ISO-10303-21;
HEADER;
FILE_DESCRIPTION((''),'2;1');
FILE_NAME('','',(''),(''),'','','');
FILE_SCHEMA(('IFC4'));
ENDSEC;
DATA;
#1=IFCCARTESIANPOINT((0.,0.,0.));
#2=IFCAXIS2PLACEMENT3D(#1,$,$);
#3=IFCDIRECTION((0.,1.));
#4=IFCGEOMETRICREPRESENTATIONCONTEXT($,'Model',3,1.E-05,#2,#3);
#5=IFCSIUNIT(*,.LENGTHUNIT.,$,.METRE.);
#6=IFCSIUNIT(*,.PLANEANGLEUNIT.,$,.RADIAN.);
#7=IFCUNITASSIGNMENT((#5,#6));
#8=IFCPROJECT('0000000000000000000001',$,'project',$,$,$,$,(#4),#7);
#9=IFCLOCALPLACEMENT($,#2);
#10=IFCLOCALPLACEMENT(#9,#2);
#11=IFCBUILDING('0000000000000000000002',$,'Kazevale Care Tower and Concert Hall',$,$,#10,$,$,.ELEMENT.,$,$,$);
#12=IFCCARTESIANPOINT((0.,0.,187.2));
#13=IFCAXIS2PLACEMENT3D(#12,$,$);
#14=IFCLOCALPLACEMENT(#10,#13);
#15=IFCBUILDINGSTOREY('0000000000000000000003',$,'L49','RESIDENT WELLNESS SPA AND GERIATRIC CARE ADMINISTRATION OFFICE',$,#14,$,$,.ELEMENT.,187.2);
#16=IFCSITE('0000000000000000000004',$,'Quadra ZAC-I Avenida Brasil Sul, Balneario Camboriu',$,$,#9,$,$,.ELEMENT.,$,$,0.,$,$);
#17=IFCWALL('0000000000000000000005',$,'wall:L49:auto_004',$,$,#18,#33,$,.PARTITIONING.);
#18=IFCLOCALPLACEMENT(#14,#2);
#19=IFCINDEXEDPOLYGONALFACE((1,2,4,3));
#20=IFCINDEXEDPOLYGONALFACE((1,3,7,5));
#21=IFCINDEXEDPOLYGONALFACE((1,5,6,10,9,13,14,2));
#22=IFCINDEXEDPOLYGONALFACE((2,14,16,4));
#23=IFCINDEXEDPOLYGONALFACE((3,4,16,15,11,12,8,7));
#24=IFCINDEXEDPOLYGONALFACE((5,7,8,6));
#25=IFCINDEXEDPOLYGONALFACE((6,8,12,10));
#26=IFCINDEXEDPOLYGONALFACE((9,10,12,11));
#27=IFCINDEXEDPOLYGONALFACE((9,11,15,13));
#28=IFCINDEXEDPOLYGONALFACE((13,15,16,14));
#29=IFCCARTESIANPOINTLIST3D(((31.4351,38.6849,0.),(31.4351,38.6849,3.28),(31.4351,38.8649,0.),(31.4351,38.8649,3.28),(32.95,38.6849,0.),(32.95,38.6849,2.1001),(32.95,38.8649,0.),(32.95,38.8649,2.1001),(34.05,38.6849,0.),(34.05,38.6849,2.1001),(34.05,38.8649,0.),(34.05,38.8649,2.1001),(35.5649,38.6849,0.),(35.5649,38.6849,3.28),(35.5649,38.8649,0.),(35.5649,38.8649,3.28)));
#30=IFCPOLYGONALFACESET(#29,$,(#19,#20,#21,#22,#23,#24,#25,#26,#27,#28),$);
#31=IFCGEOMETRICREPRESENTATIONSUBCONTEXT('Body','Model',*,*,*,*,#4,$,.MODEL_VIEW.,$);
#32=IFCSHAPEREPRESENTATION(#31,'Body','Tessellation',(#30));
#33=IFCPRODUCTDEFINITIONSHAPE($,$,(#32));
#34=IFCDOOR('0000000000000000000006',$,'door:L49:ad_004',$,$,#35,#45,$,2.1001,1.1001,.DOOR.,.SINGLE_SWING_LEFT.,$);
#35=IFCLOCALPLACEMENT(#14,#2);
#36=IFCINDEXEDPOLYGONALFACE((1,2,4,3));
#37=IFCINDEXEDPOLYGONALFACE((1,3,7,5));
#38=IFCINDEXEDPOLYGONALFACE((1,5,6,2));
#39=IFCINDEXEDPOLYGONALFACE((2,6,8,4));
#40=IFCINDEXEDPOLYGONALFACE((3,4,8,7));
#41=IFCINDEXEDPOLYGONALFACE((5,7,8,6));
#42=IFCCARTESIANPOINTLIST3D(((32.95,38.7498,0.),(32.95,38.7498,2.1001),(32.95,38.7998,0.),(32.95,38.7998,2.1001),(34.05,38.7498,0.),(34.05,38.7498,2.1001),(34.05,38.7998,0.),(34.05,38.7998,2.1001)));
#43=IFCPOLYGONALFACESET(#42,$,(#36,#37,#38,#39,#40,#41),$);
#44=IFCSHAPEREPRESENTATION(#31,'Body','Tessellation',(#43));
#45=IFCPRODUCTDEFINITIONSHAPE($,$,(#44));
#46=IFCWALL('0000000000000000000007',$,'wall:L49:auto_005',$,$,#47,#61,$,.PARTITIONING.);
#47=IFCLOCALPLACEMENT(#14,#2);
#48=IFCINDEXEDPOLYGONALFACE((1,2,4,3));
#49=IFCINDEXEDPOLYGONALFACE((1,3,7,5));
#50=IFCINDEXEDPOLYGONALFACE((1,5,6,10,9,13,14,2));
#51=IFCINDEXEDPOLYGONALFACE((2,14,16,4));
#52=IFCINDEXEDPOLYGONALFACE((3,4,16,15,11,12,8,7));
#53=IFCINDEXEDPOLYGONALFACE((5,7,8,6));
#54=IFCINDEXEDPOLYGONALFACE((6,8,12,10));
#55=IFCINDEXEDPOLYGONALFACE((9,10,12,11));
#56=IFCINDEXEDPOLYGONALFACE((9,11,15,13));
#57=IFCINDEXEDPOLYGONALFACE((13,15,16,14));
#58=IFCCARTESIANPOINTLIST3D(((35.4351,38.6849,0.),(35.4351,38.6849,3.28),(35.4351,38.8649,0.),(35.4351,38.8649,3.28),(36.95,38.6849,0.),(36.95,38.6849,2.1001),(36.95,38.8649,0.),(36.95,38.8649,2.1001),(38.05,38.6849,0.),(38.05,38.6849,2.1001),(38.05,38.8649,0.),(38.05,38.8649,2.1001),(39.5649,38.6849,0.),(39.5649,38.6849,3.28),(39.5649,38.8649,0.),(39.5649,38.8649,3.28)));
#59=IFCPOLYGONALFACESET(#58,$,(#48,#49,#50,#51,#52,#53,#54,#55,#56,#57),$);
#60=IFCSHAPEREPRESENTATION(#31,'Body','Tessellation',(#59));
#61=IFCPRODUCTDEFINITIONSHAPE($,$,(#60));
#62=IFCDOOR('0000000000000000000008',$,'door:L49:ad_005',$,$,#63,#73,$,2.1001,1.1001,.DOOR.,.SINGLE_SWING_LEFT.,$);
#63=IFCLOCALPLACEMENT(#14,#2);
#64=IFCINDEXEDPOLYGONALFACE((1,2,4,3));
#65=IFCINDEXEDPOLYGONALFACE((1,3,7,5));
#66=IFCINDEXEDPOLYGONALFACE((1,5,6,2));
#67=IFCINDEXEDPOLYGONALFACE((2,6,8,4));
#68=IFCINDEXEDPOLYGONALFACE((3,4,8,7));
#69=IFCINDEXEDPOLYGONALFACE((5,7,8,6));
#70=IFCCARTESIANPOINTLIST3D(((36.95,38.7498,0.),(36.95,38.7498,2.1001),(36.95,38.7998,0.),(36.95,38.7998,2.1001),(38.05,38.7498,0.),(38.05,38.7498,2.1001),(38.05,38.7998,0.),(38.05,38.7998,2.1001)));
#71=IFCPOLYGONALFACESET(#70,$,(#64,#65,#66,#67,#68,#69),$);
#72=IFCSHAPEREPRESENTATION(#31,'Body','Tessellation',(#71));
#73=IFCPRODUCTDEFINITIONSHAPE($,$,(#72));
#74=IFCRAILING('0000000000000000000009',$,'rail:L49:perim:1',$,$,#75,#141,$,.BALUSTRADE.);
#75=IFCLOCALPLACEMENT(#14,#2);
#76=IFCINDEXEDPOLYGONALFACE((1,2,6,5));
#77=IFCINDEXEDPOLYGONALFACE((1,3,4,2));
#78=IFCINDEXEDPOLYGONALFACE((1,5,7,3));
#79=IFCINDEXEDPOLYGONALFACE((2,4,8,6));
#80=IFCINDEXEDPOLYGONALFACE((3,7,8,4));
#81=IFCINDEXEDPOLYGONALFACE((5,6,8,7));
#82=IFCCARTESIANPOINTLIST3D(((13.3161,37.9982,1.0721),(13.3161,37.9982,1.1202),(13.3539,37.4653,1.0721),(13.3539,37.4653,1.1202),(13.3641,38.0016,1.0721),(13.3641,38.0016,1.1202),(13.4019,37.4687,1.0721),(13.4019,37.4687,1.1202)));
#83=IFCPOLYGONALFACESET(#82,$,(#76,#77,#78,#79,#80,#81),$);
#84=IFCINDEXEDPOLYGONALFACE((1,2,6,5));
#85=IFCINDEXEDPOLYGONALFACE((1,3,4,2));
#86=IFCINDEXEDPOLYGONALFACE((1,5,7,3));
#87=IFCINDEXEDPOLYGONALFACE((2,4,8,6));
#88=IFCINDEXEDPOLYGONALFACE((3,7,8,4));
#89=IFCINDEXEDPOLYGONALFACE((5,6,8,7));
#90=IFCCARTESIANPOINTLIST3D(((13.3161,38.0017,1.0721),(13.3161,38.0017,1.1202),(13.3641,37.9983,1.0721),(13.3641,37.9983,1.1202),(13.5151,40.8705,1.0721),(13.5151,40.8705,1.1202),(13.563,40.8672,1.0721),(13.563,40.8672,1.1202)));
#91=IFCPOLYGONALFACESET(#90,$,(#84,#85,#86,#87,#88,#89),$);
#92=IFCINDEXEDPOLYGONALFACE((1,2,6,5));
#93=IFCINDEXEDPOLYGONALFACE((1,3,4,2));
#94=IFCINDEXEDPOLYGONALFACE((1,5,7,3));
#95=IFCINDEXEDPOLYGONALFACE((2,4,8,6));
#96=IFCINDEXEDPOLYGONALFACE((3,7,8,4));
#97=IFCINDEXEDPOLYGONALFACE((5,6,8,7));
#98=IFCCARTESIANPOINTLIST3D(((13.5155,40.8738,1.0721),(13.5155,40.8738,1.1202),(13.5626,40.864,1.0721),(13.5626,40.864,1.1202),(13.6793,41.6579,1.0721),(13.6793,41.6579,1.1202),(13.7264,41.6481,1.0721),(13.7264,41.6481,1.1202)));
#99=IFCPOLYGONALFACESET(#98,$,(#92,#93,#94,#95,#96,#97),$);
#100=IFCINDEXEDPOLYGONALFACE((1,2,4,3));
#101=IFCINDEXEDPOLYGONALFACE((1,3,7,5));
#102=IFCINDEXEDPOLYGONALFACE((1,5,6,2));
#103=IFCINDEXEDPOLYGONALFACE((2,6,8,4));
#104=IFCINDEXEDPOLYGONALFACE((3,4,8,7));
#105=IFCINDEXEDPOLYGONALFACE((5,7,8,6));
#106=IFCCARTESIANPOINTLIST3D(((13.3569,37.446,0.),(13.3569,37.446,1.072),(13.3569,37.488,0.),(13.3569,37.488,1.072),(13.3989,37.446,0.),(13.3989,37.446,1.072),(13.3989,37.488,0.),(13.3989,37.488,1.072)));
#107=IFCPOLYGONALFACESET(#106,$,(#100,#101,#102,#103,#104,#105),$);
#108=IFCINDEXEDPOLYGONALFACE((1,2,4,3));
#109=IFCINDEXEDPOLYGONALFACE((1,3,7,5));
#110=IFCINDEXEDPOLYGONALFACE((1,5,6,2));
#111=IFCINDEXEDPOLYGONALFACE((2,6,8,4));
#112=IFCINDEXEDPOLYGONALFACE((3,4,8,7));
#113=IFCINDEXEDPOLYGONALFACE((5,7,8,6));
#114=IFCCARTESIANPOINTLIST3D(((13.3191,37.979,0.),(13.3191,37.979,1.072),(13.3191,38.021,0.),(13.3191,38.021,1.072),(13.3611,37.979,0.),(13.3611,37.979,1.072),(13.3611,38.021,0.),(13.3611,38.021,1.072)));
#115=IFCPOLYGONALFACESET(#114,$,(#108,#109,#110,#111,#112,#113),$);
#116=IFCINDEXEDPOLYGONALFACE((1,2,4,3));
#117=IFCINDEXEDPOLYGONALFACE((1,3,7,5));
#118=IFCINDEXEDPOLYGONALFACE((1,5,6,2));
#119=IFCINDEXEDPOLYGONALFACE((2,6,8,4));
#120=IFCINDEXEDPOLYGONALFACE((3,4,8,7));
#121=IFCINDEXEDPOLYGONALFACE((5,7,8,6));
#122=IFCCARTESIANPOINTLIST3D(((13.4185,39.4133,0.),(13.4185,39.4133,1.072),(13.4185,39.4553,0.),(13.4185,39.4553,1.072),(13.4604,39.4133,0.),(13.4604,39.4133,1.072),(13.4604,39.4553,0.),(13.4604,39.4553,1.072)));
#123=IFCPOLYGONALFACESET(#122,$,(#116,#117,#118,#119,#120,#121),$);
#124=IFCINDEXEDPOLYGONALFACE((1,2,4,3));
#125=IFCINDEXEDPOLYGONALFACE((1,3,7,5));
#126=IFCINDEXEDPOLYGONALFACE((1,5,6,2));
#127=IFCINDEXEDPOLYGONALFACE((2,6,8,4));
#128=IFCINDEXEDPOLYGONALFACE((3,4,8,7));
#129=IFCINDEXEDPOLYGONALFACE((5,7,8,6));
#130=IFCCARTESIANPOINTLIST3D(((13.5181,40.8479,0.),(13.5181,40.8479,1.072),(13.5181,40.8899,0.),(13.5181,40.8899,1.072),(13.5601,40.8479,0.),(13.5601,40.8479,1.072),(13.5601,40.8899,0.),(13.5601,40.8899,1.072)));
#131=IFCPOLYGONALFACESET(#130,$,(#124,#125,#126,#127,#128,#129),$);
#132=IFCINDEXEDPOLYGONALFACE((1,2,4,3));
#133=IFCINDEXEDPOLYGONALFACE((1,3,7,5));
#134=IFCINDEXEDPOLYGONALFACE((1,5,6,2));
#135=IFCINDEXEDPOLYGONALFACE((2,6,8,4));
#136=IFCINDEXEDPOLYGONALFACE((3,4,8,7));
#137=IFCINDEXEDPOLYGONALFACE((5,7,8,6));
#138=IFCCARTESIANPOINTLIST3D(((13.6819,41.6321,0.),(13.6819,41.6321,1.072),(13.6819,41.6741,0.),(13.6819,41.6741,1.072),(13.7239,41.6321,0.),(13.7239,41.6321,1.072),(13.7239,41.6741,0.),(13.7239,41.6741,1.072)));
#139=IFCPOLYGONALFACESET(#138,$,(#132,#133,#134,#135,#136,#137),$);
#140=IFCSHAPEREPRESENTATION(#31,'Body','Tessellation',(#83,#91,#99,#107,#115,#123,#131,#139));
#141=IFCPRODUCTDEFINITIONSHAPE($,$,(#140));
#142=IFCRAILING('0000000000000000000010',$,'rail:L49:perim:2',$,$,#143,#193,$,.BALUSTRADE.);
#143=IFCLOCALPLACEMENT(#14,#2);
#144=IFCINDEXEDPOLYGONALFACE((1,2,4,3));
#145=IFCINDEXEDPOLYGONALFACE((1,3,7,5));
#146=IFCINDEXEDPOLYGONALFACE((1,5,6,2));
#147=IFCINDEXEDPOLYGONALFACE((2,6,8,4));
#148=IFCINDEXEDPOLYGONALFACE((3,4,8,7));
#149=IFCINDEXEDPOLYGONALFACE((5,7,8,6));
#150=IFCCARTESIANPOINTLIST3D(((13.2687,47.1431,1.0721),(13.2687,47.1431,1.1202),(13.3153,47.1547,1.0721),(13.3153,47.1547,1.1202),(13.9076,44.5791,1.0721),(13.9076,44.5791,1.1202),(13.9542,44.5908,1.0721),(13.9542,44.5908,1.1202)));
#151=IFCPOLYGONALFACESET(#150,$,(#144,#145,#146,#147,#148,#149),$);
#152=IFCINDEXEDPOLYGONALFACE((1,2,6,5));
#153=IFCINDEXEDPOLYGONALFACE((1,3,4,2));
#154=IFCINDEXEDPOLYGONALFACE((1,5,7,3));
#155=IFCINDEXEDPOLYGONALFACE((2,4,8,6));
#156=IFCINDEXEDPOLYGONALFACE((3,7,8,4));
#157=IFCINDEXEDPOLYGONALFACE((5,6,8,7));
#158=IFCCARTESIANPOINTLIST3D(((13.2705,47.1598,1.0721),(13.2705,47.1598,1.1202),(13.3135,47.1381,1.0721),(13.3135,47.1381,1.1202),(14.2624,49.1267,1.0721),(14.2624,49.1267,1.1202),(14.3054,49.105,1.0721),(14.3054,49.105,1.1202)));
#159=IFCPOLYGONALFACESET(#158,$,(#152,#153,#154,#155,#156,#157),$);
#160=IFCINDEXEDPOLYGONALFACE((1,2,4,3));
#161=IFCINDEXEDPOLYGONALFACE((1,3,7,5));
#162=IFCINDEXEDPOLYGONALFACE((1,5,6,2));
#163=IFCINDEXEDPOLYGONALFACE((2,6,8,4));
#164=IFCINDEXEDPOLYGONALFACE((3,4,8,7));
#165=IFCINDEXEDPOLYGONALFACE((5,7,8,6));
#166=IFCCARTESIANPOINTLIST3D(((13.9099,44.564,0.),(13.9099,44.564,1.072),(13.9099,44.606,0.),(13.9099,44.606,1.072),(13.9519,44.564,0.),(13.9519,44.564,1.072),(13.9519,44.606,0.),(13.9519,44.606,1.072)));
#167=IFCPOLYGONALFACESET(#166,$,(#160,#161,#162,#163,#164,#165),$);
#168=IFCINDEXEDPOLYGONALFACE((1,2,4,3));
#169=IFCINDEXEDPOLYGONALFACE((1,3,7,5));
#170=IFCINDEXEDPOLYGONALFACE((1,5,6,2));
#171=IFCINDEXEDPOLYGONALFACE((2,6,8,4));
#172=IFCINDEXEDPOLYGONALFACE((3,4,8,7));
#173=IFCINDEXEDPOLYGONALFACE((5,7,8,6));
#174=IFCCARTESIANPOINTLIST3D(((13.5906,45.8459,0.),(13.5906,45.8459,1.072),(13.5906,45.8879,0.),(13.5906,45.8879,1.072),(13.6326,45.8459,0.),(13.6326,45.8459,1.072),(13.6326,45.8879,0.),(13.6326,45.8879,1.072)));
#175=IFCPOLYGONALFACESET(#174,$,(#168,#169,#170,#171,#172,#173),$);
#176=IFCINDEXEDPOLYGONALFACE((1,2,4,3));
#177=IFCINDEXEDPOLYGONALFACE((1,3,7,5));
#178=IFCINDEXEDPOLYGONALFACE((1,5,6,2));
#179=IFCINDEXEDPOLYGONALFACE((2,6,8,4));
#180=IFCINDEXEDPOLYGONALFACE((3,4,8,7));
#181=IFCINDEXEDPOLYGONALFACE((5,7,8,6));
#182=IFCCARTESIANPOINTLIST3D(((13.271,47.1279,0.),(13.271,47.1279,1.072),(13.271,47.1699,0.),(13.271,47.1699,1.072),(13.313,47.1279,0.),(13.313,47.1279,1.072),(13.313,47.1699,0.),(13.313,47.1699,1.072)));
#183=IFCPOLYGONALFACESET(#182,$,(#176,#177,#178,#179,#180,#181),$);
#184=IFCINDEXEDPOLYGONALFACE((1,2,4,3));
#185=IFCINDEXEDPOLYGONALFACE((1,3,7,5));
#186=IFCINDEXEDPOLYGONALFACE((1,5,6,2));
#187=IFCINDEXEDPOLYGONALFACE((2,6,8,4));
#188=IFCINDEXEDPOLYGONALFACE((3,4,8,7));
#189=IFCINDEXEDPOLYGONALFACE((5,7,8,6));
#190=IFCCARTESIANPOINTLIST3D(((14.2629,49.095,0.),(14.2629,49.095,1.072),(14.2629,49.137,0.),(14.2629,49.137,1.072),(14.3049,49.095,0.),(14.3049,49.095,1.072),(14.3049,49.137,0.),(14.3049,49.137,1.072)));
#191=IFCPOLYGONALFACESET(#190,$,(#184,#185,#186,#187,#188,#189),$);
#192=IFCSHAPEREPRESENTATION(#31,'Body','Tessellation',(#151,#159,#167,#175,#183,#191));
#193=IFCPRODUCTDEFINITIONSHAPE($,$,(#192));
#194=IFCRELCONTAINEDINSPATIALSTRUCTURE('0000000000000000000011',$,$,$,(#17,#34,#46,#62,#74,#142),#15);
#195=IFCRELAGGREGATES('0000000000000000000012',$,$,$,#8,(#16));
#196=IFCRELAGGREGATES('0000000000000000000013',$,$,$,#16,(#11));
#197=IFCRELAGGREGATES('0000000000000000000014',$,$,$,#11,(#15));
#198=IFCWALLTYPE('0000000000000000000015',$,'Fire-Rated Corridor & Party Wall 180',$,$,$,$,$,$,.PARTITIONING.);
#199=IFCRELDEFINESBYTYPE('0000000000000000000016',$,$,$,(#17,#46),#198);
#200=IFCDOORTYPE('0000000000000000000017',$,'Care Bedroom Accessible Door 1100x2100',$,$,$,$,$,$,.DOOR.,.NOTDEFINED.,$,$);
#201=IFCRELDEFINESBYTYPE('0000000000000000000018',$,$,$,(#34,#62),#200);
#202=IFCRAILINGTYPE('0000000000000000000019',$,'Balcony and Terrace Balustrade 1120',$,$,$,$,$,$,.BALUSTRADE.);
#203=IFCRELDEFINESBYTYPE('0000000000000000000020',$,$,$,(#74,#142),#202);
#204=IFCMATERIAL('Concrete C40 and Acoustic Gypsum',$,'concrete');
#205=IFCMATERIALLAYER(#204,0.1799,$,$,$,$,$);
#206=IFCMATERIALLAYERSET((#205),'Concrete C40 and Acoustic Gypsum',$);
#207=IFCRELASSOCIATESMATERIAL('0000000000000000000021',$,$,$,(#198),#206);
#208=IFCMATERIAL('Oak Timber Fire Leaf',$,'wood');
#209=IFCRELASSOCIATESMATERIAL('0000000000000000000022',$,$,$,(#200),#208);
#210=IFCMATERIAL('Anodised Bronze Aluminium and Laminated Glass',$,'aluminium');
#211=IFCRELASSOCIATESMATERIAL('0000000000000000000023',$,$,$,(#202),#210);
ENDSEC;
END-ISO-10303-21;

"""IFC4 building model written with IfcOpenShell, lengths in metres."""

from ifc_helpers import new_model, si_unit, direction, frame, frame_2d, origin, origin_2d, place, context, subcontext, project, spatial, rectangle, extrude, material, layer, layer_set, type_object, element, fill, save


model = new_model("IFC4")

# Units and contexts
model_context = context("Model", 3, precision=1e-05, world=origin(), true_north=direction((0.0, 1.0)))
body_context = subcontext(model_context, "Body", "Model", "MODEL_VIEW")
ifc_project = project(units=[si_unit("LENGTHUNIT", "METRE"), si_unit("PLANEANGLEUNIT", "RADIAN")], contexts=[model_context])

# Site, building, storey
site_placement = place(None, origin())
site = spatial("IfcSite", under=ifc_project, at=site_placement, Name="Quadra ZAC-I Avenida Brasil Sul, Balneario Camboriu", CompositionType="ELEMENT", RefElevation=0.0)
building_placement = place(site_placement, origin())
building = spatial("IfcBuilding", under=site, at=building_placement, Name="Kazevale Care Tower and Concert Hall", CompositionType="ELEMENT")
storey_placement = place(building_placement, frame((0.0, 0.0, 187.2)))
storey = spatial("IfcBuildingStorey", under=building, at=storey_placement, Name="L49", Description="RESIDENT WELLNESS SPA AND GERIATRIC CARE ADMINISTRATION OFFICE", CompositionType="ELEMENT", Elevation=187.2)

# Walls, openings, doors
ifc_material_1 = material(Name="Concrete C40 and Acoustic Gypsum", Category="concrete")
ifc_layer_1 = layer(ifc_material_1, 0.1799)
ifc_layer_set_1 = layer_set([ifc_layer_1], Name="Concrete C40 and Acoustic Gypsum")
wall_type = type_object("IfcWallType", Name="Fire-Rated Corridor & Party Wall 180", PredefinedType="PARTITIONING", material=ifc_layer_set_1)
ifc_material_2 = material(Name="Oak Timber Fire Leaf", Category="wood")
door_type = type_object("IfcDoorType", Name="Care Bedroom Accessible Door 1100x2100", OperationType="NOTDEFINED", PredefinedType="DOOR", material=ifc_material_2)
wall_1_placement = place(storey_placement, frame((31.4351, 38.7749, 0.0), z_axis=(0.0, 0.0, 1.0), x_axis=(1.0, 0.0, 0.0)))
wall_1 = element("IfcWall", 1, at=wall_1_placement, inside=storey, type_object=wall_type, Name="wall:L49:auto_004", PredefinedType="PARTITIONING", context=body_context, shape_type="SweptSolid", body=[
    extrude(rectangle(XDim=4.1299, YDim=0.1799, at=frame_2d((2.0649, 0.0))), origin(), (0.0, 0.0, 1.0), 3.28),
])
opening_1_placement = place(wall_1_placement, frame((1.5149, 0.0, 0.0)))
opening_1 = element("IfcOpeningElement", 2, at=opening_1_placement, cuts=wall_1, PredefinedType="OPENING", context=body_context, shape_type="SweptSolid", body=[
    extrude(rectangle(XDim=1.1001, YDim=2.1001, at=frame_2d((0.55, 1.05))), frame((0.0, 0.0999, 0.0), z_axis=(0.0, -1.0, 0.0), x_axis=(1.0, 0.0, 0.0)), (0.0, 0.0, 1.0), 0.2),
])
door_1_placement = place(opening_1_placement, origin())
door_1 = element("IfcDoor", 3, at=door_1_placement, inside=storey, type_object=door_type, Name="door:L49:ad_004", OperationType="SINGLE_SWING_LEFT", OverallHeight=2.1001, OverallWidth=1.1001, PredefinedType="DOOR", context=body_context, shape_type="SweptSolid", body=[
    extrude(rectangle(XDim=1.1001, YDim=2.1001, at=frame_2d((0.55, 1.05))), frame((0.0, 0.0249, 0.0), z_axis=(0.0, -1.0, 0.0), x_axis=(1.0, 0.0, 0.0)), (0.0, 0.0, 1.0), 0.05),
])
fill(opening_1, door_1)
wall_2_placement = place(storey_placement, frame((35.4351, 38.7749, 0.0), z_axis=(0.0, 0.0, 1.0), x_axis=(1.0, 0.0, 0.0)))
wall_2 = element("IfcWall", 4, at=wall_2_placement, inside=storey, type_object=wall_type, Name="wall:L49:auto_005", PredefinedType="PARTITIONING", context=body_context, shape_type="SweptSolid", body=[
    extrude(rectangle(XDim=4.1299, YDim=0.1799, at=frame_2d((2.0649, 0.0))), origin(), (0.0, 0.0, 1.0), 3.28),
])
opening_2_placement = place(wall_2_placement, frame((1.5149, 0.0, 0.0)))
opening_2 = element("IfcOpeningElement", 5, at=opening_2_placement, cuts=wall_2, PredefinedType="OPENING", context=body_context, shape_type="SweptSolid", body=[
    extrude(rectangle(XDim=1.1001, YDim=2.1001, at=frame_2d((0.55, 1.05))), frame((0.0, 0.0999, 0.0), z_axis=(0.0, -1.0, 0.0), x_axis=(1.0, 0.0, 0.0)), (0.0, 0.0, 1.0), 0.2),
])
door_2_placement = place(opening_2_placement, origin())
door_2 = element("IfcDoor", 6, at=door_2_placement, inside=storey, type_object=door_type, Name="door:L49:ad_005", OperationType="SINGLE_SWING_LEFT", OverallHeight=2.1001, OverallWidth=1.1001, PredefinedType="DOOR", context=body_context, shape_type="SweptSolid", body=[
    extrude(rectangle(XDim=1.1001, YDim=2.1001, at=frame_2d((0.55, 1.05))), frame((0.0, 0.0249, 0.0), z_axis=(0.0, -1.0, 0.0), x_axis=(1.0, 0.0, 0.0)), (0.0, 0.0, 1.0), 0.05),
])
fill(opening_2, door_2)

# Railings
ifc_material_3 = material(Name="Anodised Bronze Aluminium and Laminated Glass", Category="aluminium")
railing_type = type_object("IfcRailingType", Name="Balcony and Terrace Balustrade 1120", PredefinedType="BALUSTRADE", material=ifc_material_3)
railing_1_placement = place(storey_placement, frame((13.3779, 37.467, 0.0)))
element("IfcRailing", 7, at=railing_1_placement, inside=storey, type_object=railing_type, Name="rail:L49:perim:1", PredefinedType="BALUSTRADE", context=body_context, shape_type="SweptSolid", body=[
    extrude(rectangle(XDim=0.0481, YDim=0.0481, at=origin_2d()), frame((0.0, 0.0, 1.0962), z_axis=(-0.070825, 0.997489, 0.0), x_axis=(-0.997489, -0.070825, 0.0)), (0.0, 0.0, 1.0), 0.5342),
    extrude(rectangle(XDim=0.0481, YDim=0.0481, at=origin_2d()), frame((-0.0378, 0.533, 1.0962), z_axis=(0.06919, 0.997604, 0.0), x_axis=(-0.997604, 0.06919, 0.0)), (0.0, 0.0, 1.0), 2.8757),
    extrude(rectangle(XDim=0.0481, YDim=0.0481, at=origin_2d()), frame((0.1611, 3.4019, 1.0962), z_axis=(0.20449, 0.978869, 0.0), x_axis=(-0.978869, 0.20449, 0.0)), (0.0, 0.0, 1.0), 0.801),
    extrude(rectangle(XDim=0.042, YDim=0.042, at=origin_2d()), origin(), (0.0, 0.0, 1.0), 1.072),
    extrude(rectangle(XDim=0.042, YDim=0.042, at=origin_2d()), frame((-0.0378, 0.533, 0.0)), (0.0, 0.0, 1.0), 1.072),
    extrude(rectangle(XDim=0.042, YDim=0.042, at=origin_2d()), frame((0.0615, 1.9673, 0.0)), (0.0, 0.0, 1.0), 1.072),
    extrude(rectangle(XDim=0.042, YDim=0.042, at=origin_2d()), frame((0.1611, 3.4019, 0.0)), (0.0, 0.0, 1.0), 1.072),
    extrude(rectangle(XDim=0.042, YDim=0.042, at=origin_2d()), frame((0.325, 4.186, 0.0)), (0.0, 0.0, 1.0), 1.072),
])
railing_2_placement = place(storey_placement, frame((13.9309, 44.585, 0.0)))
element("IfcRailing", 8, at=railing_2_placement, inside=storey, type_object=railing_type, Name="rail:L49:perim:2", PredefinedType="BALUSTRADE", context=body_context, shape_type="SweptSolid", body=[
    extrude(rectangle(XDim=0.0481, YDim=0.0481, at=origin_2d()), frame((0.0, 0.0, 1.0962), z_axis=(-0.241796, 0.970327, 0.0), x_axis=(-0.970327, -0.241796, 0.0)), (0.0, 0.0, 1.0), 2.6423),
    extrude(rectangle(XDim=0.0481, YDim=0.0481, at=origin_2d()), frame((-0.6389, 2.564, 1.0962), z_axis=(0.45027, 0.892893, 0.0), x_axis=(-0.892893, 0.45027, 0.0)), (0.0, 0.0, 1.0), 2.2029),
    extrude(rectangle(XDim=0.042, YDim=0.042, at=origin_2d()), origin(), (0.0, 0.0, 1.0), 1.072),
    extrude(rectangle(XDim=0.042, YDim=0.042, at=origin_2d()), frame((-0.3193, 1.282, 0.0)), (0.0, 0.0, 1.0), 1.072),
    extrude(rectangle(XDim=0.042, YDim=0.042, at=origin_2d()), frame((-0.6389, 2.564, 0.0)), (0.0, 0.0, 1.0), 1.072),
    extrude(rectangle(XDim=0.042, YDim=0.042, at=origin_2d()), frame((0.353, 4.531, 0.0)), (0.0, 0.0, 1.0), 1.072),
])

save(model, "model.ifc")
